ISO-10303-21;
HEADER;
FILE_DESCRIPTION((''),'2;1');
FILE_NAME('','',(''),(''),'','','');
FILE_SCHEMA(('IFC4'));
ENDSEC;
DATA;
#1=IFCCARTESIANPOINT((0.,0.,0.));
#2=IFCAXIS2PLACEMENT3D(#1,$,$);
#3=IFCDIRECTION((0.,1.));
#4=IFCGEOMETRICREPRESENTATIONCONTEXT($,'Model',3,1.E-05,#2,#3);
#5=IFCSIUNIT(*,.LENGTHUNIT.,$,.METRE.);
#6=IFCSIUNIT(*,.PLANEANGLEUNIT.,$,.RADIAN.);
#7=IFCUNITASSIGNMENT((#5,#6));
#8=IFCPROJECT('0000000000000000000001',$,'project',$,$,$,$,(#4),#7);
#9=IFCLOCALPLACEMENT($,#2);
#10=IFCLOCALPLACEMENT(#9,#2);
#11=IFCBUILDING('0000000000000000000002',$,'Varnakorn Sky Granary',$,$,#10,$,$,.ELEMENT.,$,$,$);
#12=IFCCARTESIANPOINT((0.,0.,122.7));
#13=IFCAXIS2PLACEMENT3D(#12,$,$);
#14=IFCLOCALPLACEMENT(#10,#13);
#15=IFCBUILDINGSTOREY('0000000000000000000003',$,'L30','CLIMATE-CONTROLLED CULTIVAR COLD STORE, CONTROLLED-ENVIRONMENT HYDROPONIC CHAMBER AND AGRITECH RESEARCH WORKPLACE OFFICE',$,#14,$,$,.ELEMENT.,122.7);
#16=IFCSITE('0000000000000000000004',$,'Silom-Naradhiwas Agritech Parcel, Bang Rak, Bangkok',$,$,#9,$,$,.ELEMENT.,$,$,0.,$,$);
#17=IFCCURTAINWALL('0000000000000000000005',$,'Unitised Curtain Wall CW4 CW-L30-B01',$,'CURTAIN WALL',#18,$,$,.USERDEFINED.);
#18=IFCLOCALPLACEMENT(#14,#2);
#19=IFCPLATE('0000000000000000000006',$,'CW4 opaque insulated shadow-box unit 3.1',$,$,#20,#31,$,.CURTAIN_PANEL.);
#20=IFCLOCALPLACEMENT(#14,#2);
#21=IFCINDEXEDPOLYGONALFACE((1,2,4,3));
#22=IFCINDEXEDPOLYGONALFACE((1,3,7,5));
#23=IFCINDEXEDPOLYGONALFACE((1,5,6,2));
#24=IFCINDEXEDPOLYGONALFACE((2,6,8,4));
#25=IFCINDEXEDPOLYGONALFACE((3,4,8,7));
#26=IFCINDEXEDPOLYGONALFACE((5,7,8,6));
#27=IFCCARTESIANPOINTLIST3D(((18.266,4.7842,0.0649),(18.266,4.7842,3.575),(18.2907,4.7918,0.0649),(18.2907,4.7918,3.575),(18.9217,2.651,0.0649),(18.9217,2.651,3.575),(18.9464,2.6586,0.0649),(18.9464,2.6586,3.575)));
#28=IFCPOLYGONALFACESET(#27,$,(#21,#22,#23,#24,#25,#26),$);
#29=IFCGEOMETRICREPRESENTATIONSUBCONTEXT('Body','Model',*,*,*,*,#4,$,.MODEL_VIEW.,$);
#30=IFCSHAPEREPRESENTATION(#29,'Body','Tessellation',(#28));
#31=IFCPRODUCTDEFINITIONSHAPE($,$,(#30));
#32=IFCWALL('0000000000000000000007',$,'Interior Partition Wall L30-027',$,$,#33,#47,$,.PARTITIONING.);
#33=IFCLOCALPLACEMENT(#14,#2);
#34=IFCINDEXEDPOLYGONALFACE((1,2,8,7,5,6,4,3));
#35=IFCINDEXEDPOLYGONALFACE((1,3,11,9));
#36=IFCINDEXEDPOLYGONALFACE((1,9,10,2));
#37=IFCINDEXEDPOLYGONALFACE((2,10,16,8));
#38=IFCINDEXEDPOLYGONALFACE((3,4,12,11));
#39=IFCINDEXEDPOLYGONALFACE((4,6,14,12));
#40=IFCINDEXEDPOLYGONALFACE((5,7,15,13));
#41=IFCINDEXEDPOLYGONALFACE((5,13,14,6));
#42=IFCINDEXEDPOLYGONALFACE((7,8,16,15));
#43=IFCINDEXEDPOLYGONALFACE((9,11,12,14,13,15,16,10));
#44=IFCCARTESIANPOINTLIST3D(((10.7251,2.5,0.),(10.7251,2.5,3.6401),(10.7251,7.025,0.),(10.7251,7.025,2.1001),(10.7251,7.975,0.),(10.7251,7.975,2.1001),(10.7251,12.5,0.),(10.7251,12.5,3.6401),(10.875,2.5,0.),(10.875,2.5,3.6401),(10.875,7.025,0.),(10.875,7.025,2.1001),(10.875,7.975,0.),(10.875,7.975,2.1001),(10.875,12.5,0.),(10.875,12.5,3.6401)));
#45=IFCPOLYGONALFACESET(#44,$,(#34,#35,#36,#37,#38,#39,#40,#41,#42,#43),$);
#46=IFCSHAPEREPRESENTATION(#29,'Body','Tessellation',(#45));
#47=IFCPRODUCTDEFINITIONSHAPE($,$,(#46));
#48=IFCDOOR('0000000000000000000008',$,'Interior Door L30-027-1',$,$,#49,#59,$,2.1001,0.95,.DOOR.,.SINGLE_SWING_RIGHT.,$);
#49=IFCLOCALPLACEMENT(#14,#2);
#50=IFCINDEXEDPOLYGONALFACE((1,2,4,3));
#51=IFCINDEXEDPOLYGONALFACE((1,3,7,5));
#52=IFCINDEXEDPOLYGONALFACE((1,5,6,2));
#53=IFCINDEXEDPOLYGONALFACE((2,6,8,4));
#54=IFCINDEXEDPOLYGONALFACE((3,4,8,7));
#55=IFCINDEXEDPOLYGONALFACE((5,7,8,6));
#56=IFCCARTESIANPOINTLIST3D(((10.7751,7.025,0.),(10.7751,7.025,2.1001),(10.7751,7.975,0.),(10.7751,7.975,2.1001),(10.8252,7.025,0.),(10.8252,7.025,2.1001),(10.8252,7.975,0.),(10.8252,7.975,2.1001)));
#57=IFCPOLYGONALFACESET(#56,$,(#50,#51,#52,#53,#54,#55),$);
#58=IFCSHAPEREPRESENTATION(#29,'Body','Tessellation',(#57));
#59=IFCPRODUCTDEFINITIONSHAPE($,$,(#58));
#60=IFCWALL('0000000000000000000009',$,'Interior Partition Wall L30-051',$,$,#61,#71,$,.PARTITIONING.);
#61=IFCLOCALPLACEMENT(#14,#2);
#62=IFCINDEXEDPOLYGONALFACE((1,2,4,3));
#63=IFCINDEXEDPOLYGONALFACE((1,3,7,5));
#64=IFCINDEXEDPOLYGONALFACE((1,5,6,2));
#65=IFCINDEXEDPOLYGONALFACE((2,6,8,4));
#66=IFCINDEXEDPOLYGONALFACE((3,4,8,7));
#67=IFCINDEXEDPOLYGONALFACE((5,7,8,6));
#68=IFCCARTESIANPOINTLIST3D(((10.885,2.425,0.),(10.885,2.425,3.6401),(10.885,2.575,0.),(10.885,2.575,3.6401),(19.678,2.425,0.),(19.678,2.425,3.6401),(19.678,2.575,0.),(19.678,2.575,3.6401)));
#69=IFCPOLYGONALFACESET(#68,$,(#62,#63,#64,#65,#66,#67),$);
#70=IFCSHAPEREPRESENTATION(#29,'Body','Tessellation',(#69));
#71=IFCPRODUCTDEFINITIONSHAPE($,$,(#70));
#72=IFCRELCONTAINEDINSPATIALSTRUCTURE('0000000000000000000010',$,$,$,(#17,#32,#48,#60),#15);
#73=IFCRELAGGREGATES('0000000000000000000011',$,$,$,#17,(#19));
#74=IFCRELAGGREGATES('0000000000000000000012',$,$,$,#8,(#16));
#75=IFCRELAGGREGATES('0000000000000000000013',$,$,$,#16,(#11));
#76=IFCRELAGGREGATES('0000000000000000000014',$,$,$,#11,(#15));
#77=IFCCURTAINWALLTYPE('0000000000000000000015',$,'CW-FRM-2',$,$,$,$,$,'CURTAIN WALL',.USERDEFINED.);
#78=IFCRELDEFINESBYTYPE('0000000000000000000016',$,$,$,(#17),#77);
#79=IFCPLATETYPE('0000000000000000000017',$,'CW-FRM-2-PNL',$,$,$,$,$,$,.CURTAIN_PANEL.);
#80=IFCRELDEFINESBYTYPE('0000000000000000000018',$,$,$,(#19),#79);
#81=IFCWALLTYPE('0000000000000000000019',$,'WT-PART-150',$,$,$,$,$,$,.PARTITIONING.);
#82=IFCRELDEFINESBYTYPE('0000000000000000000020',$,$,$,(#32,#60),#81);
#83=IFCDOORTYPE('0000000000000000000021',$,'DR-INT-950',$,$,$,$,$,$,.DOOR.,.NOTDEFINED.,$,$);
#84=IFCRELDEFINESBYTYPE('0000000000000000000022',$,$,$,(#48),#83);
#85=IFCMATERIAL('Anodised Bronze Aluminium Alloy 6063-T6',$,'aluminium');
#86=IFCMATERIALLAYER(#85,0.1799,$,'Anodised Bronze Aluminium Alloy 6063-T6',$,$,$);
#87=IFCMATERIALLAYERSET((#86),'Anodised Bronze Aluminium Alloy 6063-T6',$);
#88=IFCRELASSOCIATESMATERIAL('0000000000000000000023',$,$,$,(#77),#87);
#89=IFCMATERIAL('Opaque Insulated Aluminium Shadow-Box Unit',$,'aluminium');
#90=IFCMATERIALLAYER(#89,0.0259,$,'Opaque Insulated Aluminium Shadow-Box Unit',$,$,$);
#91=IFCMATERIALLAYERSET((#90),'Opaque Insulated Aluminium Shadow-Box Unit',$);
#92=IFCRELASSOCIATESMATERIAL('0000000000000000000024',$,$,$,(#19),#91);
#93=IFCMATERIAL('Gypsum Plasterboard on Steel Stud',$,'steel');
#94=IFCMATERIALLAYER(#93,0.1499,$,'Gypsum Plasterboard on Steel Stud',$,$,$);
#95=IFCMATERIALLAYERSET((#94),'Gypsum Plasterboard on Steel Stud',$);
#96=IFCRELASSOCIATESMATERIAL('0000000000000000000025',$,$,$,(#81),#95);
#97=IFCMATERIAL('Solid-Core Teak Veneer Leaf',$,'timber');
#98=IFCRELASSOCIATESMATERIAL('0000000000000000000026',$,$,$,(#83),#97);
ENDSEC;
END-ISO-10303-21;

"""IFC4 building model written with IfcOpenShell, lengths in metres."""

from ifc_helpers import new_model, si_unit, direction, frame, frame_2d, origin, origin_2d, place, context, subcontext, project, spatial, rectangle, extrude, source, transform, mapped, material, layer, layer_set, type_object, element, fill, aggregate, save


model = new_model("IFC4")

# Units and contexts
model_context = context("Model", 3, precision=1e-05, world=origin(), true_north=direction((0.0, 1.0)))
body_context = subcontext(model_context, "Body", "Model", "MODEL_VIEW")
ifc_project = project(units=[si_unit("LENGTHUNIT", "METRE"), si_unit("PLANEANGLEUNIT", "RADIAN")], contexts=[model_context])

# Site, building, storey
site_placement = place(None, origin())
site = spatial("IfcSite", under=ifc_project, at=site_placement, Name="Silom-Naradhiwas Agritech Parcel, Bang Rak, Bangkok", CompositionType="ELEMENT", RefElevation=0.0)
building_placement = place(site_placement, origin())
building = spatial("IfcBuilding", under=site, at=building_placement, Name="Varnakorn Sky Granary", CompositionType="ELEMENT")
storey_placement = place(building_placement, frame((0.0, 0.0, 122.7)))
storey = spatial("IfcBuildingStorey", under=building, at=storey_placement, Name="L30", Description="CLIMATE-CONTROLLED CULTIVAR COLD STORE, CONTROLLED-ENVIRONMENT HYDROPONIC CHAMBER AND AGRITECH RESEARCH WORKPLACE OFFICE", CompositionType="ELEMENT", Elevation=122.7)

# Curtain wall
ifc_material_1 = material(Name="Anodised Bronze Aluminium Alloy 6063-T6", Category="aluminium")
ifc_layer_1 = layer(ifc_material_1, 0.1799, Name="Anodised Bronze Aluminium Alloy 6063-T6")
ifc_layer_set_1 = layer_set([ifc_layer_1], Name="Anodised Bronze Aluminium Alloy 6063-T6")
curtain_wall_type = type_object("IfcCurtainWallType", Name="CW-FRM-2", ElementType="CURTAIN WALL", PredefinedType="USERDEFINED", material=ifc_layer_set_1)
curtain_wall_1_placement = place(storey_placement, origin())
curtain_wall_1 = element("IfcCurtainWall", 1, at=curtain_wall_1_placement, inside=storey, type_object=curtain_wall_type, Name="Unitised Curtain Wall CW4 CW-L30-B01", ObjectType="CURTAIN WALL", PredefinedType="USERDEFINED")

# Plate
plate_type = type_object("IfcPlateType", Name="CW-FRM-2-PNL", PredefinedType="CURTAIN_PANEL")
ifc_material_2 = material(Name="Opaque Insulated Aluminium Shadow-Box Unit", Category="aluminium")
ifc_layer_2 = layer(ifc_material_2, 0.0259, Name="Opaque Insulated Aluminium Shadow-Box Unit")
ifc_layer_set_2 = layer_set([ifc_layer_2], Name="Opaque Insulated Aluminium Shadow-Box Unit")
shared_shape_1 = source(origin(), body_context, "Body", "SweptSolid", [
    extrude(rectangle(XDim=2.2317, YDim=0.0259, at=origin_2d()), origin(), (0.0, 0.0, 1.0), 3.51),
])
plate_1_placement = place(storey_placement, frame((18.6062, 3.7214, 0.0649), z_axis=(0.0, 0.0, 1.0), x_axis=(0.293789, -0.95587, 0.0)))
plate_1 = element("IfcPlate", 2, at=plate_1_placement, type_object=plate_type, material=ifc_layer_set_2, Name="CW4 opaque insulated shadow-box unit 3.1", PredefinedType="CURTAIN_PANEL", context=body_context, shape_type="MappedRepresentation", body=[
    mapped(shared_shape_1, transform((0.0, 0.0, 0.0), x_axis=(1.0, 0.0, 0.0), y_axis=(0.0, 1.0, 0.0), z_axis=(0.0, 0.0, 1.0), scale=1.0)),
])
aggregate(curtain_wall_1, [plate_1])

# Wall, opening, door
ifc_material_3 = material(Name="Gypsum Plasterboard on Steel Stud", Category="steel")
ifc_layer_3 = layer(ifc_material_3, 0.1499, Name="Gypsum Plasterboard on Steel Stud")
ifc_layer_set_3 = layer_set([ifc_layer_3], Name="Gypsum Plasterboard on Steel Stud")
wall_type = type_object("IfcWallType", Name="WT-PART-150", PredefinedType="PARTITIONING", material=ifc_layer_set_3)
wall_1_placement = place(storey_placement, frame((10.8, 2.5, 0.0), z_axis=(0.0, 0.0, 1.0), x_axis=(0.0, 1.0, 0.0)))
wall_1 = element("IfcWall", 3, at=wall_1_placement, inside=storey, type_object=wall_type, Name="Interior Partition Wall L30-027", PredefinedType="PARTITIONING", context=body_context, shape_type="SweptSolid", body=[
    extrude(rectangle(XDim=10.0, YDim=0.1499, at=frame_2d((5.0, 0.0))), origin(), (0.0, 0.0, 1.0), 3.6401),
])
opening_placement = place(wall_1_placement, frame((4.5249, 0.0, 0.0)))
opening = element("IfcOpeningElement", 4, at=opening_placement, cuts=wall_1, PredefinedType="OPENING", context=body_context, shape_type="SweptSolid", body=[
    extrude(rectangle(XDim=0.95, YDim=2.1001, at=frame_2d((0.4751, 1.05))), frame((0.0, 0.085, 0.0), z_axis=(0.0, -1.0, 0.0), x_axis=(1.0, 0.0, 0.0)), (0.0, 0.0, 1.0), 0.1699),
])
ifc_material_4 = material(Name="Solid-Core Teak Veneer Leaf", Category="timber")
door_type = type_object("IfcDoorType", Name="DR-INT-950", OperationType="NOTDEFINED", PredefinedType="DOOR", material=ifc_material_4)
door_placement = place(opening_placement, origin())
door = element("IfcDoor", 5, at=door_placement, inside=storey, type_object=door_type, Name="Interior Door L30-027-1", OperationType="SINGLE_SWING_RIGHT", OverallHeight=2.1001, OverallWidth=0.95, PredefinedType="DOOR", context=body_context, shape_type="SweptSolid", body=[
    extrude(rectangle(XDim=0.95, YDim=2.1001, at=frame_2d((0.4751, 1.05))), frame((0.0, 0.0249, 0.0), z_axis=(0.0, -1.0, 0.0), x_axis=(1.0, 0.0, 0.0)), (0.0, 0.0, 1.0), 0.05),
])
fill(opening, door)

# Wall
wall_2_placement = place(storey_placement, frame((10.885, 2.5, 0.0), z_axis=(0.0, 0.0, 1.0), x_axis=(1.0, 0.0, 0.0)))
element("IfcWall", 6, at=wall_2_placement, inside=storey, type_object=wall_type, Name="Interior Partition Wall L30-051", PredefinedType="PARTITIONING", context=body_context, shape_type="SweptSolid", body=[
    extrude(rectangle(XDim=8.793, YDim=0.1499, at=frame_2d((4.3965, 0.0))), origin(), (0.0, 0.0, 1.0), 3.6401),
])

save(model, "model.ifc")
